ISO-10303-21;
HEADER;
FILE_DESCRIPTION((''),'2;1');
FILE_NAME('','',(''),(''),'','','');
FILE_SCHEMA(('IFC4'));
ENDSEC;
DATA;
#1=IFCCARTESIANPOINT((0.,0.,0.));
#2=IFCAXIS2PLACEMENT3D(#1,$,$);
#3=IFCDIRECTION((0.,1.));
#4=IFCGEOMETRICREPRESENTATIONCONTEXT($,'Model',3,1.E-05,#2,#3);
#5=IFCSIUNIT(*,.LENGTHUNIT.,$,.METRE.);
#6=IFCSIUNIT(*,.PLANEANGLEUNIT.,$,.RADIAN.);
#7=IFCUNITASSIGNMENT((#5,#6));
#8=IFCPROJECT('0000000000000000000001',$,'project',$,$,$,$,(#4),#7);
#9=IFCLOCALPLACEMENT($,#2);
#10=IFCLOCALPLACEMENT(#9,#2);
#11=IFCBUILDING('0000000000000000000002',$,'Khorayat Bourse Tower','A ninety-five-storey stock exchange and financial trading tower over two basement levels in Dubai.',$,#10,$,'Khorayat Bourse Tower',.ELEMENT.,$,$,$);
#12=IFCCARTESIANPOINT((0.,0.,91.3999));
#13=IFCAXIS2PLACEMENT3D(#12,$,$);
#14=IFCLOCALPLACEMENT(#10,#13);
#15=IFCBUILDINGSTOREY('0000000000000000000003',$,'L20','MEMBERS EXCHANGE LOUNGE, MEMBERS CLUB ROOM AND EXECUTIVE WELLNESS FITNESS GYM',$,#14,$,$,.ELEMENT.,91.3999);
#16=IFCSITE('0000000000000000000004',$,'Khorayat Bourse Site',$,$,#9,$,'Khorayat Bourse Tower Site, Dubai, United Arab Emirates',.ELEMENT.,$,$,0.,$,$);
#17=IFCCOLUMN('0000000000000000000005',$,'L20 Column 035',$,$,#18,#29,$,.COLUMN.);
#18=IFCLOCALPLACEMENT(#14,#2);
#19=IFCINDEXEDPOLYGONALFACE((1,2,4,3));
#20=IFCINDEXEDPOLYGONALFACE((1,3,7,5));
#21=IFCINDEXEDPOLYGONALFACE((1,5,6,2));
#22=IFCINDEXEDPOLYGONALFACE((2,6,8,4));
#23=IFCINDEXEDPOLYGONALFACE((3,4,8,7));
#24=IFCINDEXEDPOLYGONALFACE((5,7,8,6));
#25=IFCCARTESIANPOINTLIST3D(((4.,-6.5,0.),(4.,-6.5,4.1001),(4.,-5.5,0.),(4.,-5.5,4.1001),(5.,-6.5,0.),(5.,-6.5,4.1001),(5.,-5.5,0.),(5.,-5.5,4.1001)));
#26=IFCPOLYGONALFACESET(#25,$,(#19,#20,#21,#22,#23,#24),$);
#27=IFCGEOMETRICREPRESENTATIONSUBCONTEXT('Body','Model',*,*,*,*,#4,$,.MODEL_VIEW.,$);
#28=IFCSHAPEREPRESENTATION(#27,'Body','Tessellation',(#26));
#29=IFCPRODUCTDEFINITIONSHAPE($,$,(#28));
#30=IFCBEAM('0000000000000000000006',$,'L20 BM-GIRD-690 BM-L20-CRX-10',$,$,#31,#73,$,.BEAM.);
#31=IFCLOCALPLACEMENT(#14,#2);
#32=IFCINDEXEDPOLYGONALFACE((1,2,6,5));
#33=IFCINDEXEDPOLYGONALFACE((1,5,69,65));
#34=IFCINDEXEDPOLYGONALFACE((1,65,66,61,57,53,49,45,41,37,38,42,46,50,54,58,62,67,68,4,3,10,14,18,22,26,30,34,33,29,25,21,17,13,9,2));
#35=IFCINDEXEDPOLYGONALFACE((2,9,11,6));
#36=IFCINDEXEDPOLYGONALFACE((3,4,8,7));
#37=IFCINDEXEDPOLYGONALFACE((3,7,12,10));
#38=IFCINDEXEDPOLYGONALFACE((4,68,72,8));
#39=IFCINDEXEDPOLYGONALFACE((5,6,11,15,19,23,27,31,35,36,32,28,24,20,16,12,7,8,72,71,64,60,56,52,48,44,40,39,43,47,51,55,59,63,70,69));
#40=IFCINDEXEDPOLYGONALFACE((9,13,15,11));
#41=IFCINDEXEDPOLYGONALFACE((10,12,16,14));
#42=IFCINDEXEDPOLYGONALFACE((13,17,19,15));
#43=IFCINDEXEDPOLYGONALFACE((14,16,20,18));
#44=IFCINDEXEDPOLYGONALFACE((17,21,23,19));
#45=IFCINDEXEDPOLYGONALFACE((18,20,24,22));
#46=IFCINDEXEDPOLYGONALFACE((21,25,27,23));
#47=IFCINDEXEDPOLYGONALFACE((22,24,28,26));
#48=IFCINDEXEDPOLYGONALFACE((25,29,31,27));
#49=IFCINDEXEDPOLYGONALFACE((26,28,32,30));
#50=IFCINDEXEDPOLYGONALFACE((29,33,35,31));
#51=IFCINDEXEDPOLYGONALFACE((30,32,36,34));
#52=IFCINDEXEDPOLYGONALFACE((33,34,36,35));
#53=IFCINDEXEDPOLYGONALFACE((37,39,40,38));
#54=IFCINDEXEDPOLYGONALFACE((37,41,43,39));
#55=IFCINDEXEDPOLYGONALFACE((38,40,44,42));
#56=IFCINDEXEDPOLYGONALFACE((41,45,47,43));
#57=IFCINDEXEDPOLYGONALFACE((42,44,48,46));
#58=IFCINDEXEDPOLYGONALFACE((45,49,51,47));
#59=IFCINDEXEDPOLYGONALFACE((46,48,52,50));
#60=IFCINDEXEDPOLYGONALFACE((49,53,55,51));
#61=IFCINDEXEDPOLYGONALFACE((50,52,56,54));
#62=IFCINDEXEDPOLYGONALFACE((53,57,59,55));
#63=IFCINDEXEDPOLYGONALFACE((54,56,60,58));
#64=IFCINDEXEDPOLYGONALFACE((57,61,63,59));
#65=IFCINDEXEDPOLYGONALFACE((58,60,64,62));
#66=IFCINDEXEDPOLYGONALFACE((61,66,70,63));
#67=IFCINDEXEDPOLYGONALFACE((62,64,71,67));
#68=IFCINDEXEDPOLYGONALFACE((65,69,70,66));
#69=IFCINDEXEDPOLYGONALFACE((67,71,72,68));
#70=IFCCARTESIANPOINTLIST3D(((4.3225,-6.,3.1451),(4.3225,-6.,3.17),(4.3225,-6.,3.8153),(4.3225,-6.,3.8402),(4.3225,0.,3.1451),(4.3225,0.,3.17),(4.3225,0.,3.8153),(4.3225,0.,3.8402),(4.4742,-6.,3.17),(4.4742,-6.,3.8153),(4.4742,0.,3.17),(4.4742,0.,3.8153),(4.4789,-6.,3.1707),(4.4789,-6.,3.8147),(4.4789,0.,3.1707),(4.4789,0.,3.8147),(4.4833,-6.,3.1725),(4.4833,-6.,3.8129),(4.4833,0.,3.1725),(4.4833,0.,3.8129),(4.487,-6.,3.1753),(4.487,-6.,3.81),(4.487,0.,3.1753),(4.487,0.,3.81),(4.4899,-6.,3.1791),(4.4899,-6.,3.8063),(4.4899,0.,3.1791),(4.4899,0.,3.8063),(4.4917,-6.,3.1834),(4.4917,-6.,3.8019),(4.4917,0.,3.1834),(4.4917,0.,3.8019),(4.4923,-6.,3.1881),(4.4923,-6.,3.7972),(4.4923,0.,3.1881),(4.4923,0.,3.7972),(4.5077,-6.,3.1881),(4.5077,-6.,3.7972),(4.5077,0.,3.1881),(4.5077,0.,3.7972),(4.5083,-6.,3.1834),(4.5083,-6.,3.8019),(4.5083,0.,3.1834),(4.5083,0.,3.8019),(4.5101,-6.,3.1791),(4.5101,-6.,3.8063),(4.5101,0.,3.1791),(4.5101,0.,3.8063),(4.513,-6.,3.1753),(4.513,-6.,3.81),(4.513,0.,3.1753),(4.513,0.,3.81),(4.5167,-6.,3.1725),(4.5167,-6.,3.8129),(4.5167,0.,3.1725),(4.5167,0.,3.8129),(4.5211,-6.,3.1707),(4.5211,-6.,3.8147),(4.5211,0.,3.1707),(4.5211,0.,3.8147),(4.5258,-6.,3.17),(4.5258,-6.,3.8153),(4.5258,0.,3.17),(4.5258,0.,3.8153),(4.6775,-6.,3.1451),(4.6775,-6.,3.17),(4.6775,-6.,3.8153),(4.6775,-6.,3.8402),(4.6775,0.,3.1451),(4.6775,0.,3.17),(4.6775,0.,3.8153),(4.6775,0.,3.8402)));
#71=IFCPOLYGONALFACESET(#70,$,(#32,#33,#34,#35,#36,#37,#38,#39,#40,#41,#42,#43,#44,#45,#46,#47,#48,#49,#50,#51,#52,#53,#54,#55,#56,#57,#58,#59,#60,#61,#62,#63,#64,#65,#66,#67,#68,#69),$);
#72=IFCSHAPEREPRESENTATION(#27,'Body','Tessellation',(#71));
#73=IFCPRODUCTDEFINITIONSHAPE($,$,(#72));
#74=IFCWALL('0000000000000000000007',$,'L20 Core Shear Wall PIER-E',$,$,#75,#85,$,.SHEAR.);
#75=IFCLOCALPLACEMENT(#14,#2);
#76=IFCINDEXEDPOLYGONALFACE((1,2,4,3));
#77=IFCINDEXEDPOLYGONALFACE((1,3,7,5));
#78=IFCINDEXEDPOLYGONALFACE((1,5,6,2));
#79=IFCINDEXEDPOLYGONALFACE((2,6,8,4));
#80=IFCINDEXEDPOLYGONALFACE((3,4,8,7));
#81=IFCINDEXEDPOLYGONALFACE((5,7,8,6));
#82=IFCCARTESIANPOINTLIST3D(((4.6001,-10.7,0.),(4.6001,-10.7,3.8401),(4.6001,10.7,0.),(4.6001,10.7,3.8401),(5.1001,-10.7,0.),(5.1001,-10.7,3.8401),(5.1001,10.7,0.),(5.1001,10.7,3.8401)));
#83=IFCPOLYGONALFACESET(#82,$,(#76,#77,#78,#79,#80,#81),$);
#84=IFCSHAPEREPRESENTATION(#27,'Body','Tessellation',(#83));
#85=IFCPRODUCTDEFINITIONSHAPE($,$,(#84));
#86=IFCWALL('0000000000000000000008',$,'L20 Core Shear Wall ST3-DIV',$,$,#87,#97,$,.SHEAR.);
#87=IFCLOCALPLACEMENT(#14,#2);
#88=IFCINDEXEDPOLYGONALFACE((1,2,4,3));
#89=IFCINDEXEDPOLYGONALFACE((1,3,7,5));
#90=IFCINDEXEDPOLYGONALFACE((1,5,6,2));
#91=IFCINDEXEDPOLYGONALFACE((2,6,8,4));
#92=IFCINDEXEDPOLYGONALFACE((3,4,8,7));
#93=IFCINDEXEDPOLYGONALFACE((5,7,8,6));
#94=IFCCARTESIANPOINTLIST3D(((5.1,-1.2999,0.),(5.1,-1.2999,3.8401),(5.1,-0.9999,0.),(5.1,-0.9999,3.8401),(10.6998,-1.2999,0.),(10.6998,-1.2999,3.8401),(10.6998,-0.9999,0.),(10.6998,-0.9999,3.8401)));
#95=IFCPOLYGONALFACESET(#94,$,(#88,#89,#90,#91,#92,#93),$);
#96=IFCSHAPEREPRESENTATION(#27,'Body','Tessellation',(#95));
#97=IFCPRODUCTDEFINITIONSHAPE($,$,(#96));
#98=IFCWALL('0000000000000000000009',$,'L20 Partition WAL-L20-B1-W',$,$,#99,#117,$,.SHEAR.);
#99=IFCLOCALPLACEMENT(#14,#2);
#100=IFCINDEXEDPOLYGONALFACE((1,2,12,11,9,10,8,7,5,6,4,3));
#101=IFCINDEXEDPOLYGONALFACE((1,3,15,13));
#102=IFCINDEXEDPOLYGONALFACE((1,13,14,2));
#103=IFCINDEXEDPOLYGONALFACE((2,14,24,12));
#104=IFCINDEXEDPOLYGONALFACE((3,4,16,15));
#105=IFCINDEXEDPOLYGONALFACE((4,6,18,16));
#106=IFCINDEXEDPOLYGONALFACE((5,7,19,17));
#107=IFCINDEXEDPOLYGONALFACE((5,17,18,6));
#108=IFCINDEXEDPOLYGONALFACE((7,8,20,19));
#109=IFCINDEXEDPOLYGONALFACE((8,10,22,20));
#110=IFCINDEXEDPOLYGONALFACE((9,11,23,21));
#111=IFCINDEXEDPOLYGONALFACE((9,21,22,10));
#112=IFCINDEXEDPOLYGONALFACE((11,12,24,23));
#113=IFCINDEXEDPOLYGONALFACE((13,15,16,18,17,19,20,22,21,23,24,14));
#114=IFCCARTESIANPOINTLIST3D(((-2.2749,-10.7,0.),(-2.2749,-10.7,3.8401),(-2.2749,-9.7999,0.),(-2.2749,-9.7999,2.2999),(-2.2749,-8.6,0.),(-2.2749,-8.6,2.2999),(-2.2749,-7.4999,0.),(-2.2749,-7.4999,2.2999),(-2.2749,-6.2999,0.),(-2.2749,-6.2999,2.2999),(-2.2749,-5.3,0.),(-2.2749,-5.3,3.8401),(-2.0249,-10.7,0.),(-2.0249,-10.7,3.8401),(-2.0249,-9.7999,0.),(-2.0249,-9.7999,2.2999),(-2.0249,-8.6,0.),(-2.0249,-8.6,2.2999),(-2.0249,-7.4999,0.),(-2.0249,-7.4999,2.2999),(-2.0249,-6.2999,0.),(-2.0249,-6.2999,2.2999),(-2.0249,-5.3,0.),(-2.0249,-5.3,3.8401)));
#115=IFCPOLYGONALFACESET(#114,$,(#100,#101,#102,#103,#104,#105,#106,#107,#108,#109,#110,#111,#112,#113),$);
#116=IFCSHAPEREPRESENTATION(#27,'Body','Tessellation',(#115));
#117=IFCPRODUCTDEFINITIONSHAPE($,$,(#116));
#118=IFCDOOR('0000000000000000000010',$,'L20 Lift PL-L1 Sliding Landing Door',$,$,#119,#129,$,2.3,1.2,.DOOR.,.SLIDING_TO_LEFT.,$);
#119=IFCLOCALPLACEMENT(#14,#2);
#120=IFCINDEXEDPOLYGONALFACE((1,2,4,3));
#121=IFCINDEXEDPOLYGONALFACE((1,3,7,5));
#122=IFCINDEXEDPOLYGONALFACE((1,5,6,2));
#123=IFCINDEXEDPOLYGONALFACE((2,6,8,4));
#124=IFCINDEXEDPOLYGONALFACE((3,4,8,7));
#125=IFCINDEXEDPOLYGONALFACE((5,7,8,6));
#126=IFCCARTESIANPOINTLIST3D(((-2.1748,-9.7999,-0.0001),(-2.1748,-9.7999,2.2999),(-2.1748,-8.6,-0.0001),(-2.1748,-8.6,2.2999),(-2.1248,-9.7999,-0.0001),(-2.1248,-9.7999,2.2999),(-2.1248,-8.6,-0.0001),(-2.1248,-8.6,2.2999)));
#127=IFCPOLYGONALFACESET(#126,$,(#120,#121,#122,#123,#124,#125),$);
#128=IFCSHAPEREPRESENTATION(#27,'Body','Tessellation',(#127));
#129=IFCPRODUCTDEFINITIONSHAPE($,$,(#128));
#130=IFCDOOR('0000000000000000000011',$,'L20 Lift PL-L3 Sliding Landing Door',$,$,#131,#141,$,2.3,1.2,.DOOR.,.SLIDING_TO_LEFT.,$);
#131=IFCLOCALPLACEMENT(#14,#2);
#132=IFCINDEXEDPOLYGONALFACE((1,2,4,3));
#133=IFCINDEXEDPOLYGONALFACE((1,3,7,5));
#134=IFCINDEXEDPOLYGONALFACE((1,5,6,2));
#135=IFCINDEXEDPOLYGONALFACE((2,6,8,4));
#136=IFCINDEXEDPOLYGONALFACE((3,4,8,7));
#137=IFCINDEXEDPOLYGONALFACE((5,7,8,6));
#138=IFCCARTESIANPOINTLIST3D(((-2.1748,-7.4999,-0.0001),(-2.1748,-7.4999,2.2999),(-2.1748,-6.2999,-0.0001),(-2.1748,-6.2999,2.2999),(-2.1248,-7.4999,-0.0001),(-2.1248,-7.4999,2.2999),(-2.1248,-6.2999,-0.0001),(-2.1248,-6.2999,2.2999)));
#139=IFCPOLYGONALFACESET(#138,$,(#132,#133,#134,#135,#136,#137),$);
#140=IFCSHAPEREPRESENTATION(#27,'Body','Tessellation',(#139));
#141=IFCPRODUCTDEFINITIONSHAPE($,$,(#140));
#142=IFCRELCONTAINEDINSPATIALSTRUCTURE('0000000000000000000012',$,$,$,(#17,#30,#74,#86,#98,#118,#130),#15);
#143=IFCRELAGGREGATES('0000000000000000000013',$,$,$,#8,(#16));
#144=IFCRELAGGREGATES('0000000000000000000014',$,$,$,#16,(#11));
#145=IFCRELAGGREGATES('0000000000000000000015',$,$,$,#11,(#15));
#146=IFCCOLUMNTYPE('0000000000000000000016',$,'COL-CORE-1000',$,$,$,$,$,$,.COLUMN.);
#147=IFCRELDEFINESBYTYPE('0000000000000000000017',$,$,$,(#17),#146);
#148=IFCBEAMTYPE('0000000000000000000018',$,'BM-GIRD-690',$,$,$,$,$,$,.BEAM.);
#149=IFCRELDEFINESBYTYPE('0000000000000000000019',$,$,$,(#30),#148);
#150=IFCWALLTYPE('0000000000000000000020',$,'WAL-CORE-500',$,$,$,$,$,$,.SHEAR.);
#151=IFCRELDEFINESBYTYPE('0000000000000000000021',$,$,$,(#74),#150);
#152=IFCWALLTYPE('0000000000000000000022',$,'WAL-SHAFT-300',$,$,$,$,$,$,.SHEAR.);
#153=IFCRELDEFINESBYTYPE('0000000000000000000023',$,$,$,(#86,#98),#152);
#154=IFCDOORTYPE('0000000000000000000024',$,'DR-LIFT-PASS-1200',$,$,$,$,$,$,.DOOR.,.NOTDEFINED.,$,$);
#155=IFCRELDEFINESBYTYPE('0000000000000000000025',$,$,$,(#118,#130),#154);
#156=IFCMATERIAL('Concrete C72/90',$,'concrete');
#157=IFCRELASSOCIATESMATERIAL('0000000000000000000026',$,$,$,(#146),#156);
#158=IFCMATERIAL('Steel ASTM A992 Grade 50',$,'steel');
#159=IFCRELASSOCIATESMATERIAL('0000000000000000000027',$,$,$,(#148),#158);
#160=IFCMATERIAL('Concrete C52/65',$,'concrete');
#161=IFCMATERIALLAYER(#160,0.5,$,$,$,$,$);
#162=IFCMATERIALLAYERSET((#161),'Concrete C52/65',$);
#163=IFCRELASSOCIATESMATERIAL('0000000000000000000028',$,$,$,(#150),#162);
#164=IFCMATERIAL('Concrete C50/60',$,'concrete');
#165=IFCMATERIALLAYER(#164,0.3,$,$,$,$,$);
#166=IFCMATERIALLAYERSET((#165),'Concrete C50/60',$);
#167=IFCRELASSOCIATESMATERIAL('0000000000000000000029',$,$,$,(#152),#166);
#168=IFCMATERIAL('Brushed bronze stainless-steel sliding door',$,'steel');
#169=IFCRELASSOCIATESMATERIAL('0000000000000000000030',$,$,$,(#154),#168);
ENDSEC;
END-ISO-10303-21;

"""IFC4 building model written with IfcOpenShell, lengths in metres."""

from ifc_helpers import new_model, si_unit, direction, frame, frame_2d, origin, origin_2d, place, context, subcontext, project, spatial, rectangle, i_section, extrude, source, transform, mapped, material, layer, layer_set, material_profile, profile_set, type_object, element, fill, save


model = new_model("IFC4")

# Units and contexts
model_context = context("Model", 3, precision=1e-05, world=origin(), true_north=direction((0.0, 1.0)))
body_context = subcontext(model_context, "Body", "Model", "MODEL_VIEW")
ifc_project = project(units=[si_unit("LENGTHUNIT", "METRE"), si_unit("PLANEANGLEUNIT", "RADIAN")], contexts=[model_context])

# Site, building, storey
site_placement = place(None, origin())
site = spatial("IfcSite", under=ifc_project, at=site_placement, Name="Khorayat Bourse Site", LongName="Khorayat Bourse Tower Site, Dubai, United Arab Emirates", CompositionType="ELEMENT", RefElevation=0.0)
building_placement = place(site_placement, origin())
building = spatial("IfcBuilding", under=site, at=building_placement, Name="Khorayat Bourse Tower", Description="A ninety-five-storey stock exchange and financial trading tower over two basement levels in Dubai.", LongName="Khorayat Bourse Tower", CompositionType="ELEMENT")
storey_placement = place(building_placement, frame((0.0, 0.0, 91.3999)))
storey = spatial("IfcBuildingStorey", under=building, at=storey_placement, Name="L20", Description="MEMBERS EXCHANGE LOUNGE, MEMBERS CLUB ROOM AND EXECUTIVE WELLNESS FITNESS GYM", CompositionType="ELEMENT", Elevation=91.3999)

# Column
ifc_material_1 = material(Name="Concrete C72/90", Category="concrete")
ifc_material_profile_1 = material_profile(ifc_material_1, rectangle(XDim=1.0, YDim=1.0, at=origin_2d()), Name="RC 1000x1000")
ifc_profile_set_1 = profile_set([ifc_material_profile_1], Name="Concrete C72/90")
column_type = type_object("IfcColumnType", Name="COL-CORE-1000", PredefinedType="COLUMN", material=ifc_profile_set_1)
shared_shape_1 = source(origin(), body_context, "Body", "SweptSolid", [
    extrude(rectangle(XDim=1.0, YDim=1.0, at=origin_2d()), origin(), (0.0, 0.0, 1.0), 4.1001),
])
column_placement = place(storey_placement, frame((4.5, -6.0, 0.0), z_axis=(0.0, 0.0, 1.0), x_axis=(1.0, 0.0, 0.0)))
element("IfcColumn", 1, at=column_placement, inside=storey, type_object=column_type, Name="L20 Column 035", PredefinedType="COLUMN", context=body_context, shape_type="MappedRepresentation", body=[
    mapped(shared_shape_1, transform((0.0, 0.0, 0.0), scale=1.0)),
])

# Beam
ifc_material_2 = material(Name="Steel ASTM A992 Grade 50", Category="steel")
ifc_material_profile_2 = material_profile(ifc_material_2, i_section(OverallWidth=0.355, OverallDepth=0.6951, WebThickness=0.0154, FlangeThickness=0.0249, FilletRadius=0.0181, at=origin_2d()), Name="W690X217")
ifc_profile_set_2 = profile_set([ifc_material_profile_2], Name="Steel ASTM A992 Grade 50")
beam_type = type_object("IfcBeamType", Name="BM-GIRD-690", PredefinedType="BEAM", material=ifc_profile_set_2)
shared_shape_2 = source(origin(), body_context, "Body", "SweptSolid", [
    extrude(i_section(OverallWidth=0.355, OverallDepth=0.6951, WebThickness=0.0154, FlangeThickness=0.0249, FilletRadius=0.0181, at=origin_2d()), origin(), (0.0, 0.0, 1.0), 6.0),
])
beam_placement = place(storey_placement, frame((4.5, -6.0, 3.4927), z_axis=(0.0, 1.0, 0.0), x_axis=(-1.0, 0.0, 0.0)))
element("IfcBeam", 2, at=beam_placement, inside=storey, type_object=beam_type, Name="L20 BM-GIRD-690 BM-L20-CRX-10", PredefinedType="BEAM", context=body_context, shape_type="MappedRepresentation", body=[
    mapped(shared_shape_2, transform((0.0, 0.0, 0.0), scale=1.0)),
])

# Walls
ifc_material_3 = material(Name="Concrete C52/65", Category="concrete")
ifc_layer_1 = layer(ifc_material_3, 0.5)
ifc_layer_set_1 = layer_set([ifc_layer_1], Name="Concrete C52/65")
wall_type_1 = type_object("IfcWallType", Name="WAL-CORE-500", PredefinedType="SHEAR", material=ifc_layer_set_1)
shared_shape_3 = source(origin(), body_context, "Body", "SweptSolid", [
    extrude(rectangle(XDim=21.3999, YDim=0.5, at=frame_2d((10.7, 0.0))), origin(), (0.0, 0.0, 1.0), 3.8401),
])
wall_1_placement = place(storey_placement, frame((4.8501, -10.7, 0.0), z_axis=(0.0, 0.0, 1.0), x_axis=(0.0, 1.0, 0.0)))
element("IfcWall", 3, at=wall_1_placement, inside=storey, type_object=wall_type_1, Name="L20 Core Shear Wall PIER-E", PredefinedType="SHEAR", context=body_context, shape_type="MappedRepresentation", body=[
    mapped(shared_shape_3, transform((0.0, 0.0, 0.0), scale=1.0)),
])
ifc_material_4 = material(Name="Concrete C50/60", Category="concrete")
ifc_layer_2 = layer(ifc_material_4, 0.3)
ifc_layer_set_2 = layer_set([ifc_layer_2], Name="Concrete C50/60")
wall_type_2 = type_object("IfcWallType", Name="WAL-SHAFT-300", PredefinedType="SHEAR", material=ifc_layer_set_2)
shared_shape_4 = source(origin(), body_context, "Body", "SweptSolid", [
    extrude(rectangle(XDim=5.5999, YDim=0.3, at=frame_2d((2.7998, 0.0))), origin(), (0.0, 0.0, 1.0), 3.8401),
])
wall_2_placement = place(storey_placement, frame((5.1001, -1.1499, 0.0), z_axis=(0.0, 0.0, 1.0), x_axis=(1.0, 0.0, 0.0)))
element("IfcWall", 4, at=wall_2_placement, inside=storey, type_object=wall_type_2, Name="L20 Core Shear Wall ST3-DIV", PredefinedType="SHEAR", context=body_context, shape_type="MappedRepresentation", body=[
    mapped(shared_shape_4, transform((0.0, 0.0, 0.0), scale=1.0)),
])

# Wall, openings, doors
shared_shape_5 = source(origin(), body_context, "Body", "SweptSolid", [
    extrude(rectangle(XDim=5.3999, YDim=0.25, at=frame_2d((2.7, 0.0))), origin(), (0.0, 0.0, 1.0), 3.8401),
])
wall_3_placement = place(storey_placement, frame((-2.1499, -10.7, 0.0), z_axis=(0.0, 0.0, 1.0), x_axis=(0.0, 1.0, 0.0)))
wall_3 = element("IfcWall", 5, at=wall_3_placement, inside=storey, type_object=wall_type_2, Name="L20 Partition WAL-L20-B1-W", PredefinedType="SHEAR", context=body_context, shape_type="MappedRepresentation", body=[
    mapped(shared_shape_5, transform((0.0, 0.0, 0.0), scale=1.0)),
])
shared_shape_6 = source(origin(), body_context, "Body", "SweptSolid", [
    extrude(rectangle(XDim=1.2, YDim=2.3, at=frame_2d((0.6001, 1.1499))), frame((0.0, 0.135, 0.0), z_axis=(0.0, -1.0, 0.0), x_axis=(1.0, 0.0, 0.0)), (0.0, 0.0, 1.0), 0.27),
])
opening_1_placement = place(wall_3_placement, frame((0.8999, 0.0, 0.0)))
opening_1 = element("IfcOpeningElement", 6, at=opening_1_placement, cuts=wall_3, PredefinedType="OPENING", context=body_context, shape_type="MappedRepresentation", body=[
    mapped(shared_shape_6, transform((0.0, 0.0, 0.0), scale=1.0)),
])
opening_2_placement = place(wall_3_placement, frame((3.2, 0.0, 0.0)))
opening_2 = element("IfcOpeningElement", 7, at=opening_2_placement, cuts=wall_3, PredefinedType="OPENING", context=body_context, shape_type="MappedRepresentation", body=[
    mapped(shared_shape_6, transform((0.0, 0.0, 0.0), scale=1.0)),
])
ifc_material_5 = material(Name="Brushed bronze stainless-steel sliding door", Category="steel")
door_type_1 = type_object("IfcDoorType", Name="DR-LIFT-PASS-1200", OperationType="NOTDEFINED", PredefinedType="DOOR", material=ifc_material_5)
shared_shape_7 = source(origin(), body_context, "Body", "SweptSolid", [
    extrude(rectangle(XDim=1.2, YDim=2.3, at=frame_2d((0.6001, 1.1499))), frame((0.0, 0.0249, 0.0), z_axis=(0.0, -1.0, 0.0), x_axis=(1.0, 0.0, 0.0)), (0.0, 0.0, 1.0), 0.05),
])
door_1_placement = place(opening_1_placement, origin())
door_1 = element("IfcDoor", 8, at=door_1_placement, inside=storey, type_object=door_type_1, Name="L20 Lift PL-L1 Sliding Landing Door", OperationType="SLIDING_TO_LEFT", OverallHeight=2.3, OverallWidth=1.2, PredefinedType="DOOR", context=body_context, shape_type="MappedRepresentation", body=[
    mapped(shared_shape_7, transform((0.0, 0.0, 0.0), scale=1.0)),
])
fill(opening_1, door_1)
door_2_placement = place(opening_2_placement, origin())
door_2 = element("IfcDoor", 9, at=door_2_placement, inside=storey, type_object=door_type_1, Name="L20 Lift PL-L3 Sliding Landing Door", OperationType="SLIDING_TO_LEFT", OverallHeight=2.3, OverallWidth=1.2, PredefinedType="DOOR", context=body_context, shape_type="MappedRepresentation", body=[
    mapped(shared_shape_7, transform((0.0, 0.0, 0.0), scale=1.0)),
])
fill(opening_2, door_2)

save(model, "model.ifc")
